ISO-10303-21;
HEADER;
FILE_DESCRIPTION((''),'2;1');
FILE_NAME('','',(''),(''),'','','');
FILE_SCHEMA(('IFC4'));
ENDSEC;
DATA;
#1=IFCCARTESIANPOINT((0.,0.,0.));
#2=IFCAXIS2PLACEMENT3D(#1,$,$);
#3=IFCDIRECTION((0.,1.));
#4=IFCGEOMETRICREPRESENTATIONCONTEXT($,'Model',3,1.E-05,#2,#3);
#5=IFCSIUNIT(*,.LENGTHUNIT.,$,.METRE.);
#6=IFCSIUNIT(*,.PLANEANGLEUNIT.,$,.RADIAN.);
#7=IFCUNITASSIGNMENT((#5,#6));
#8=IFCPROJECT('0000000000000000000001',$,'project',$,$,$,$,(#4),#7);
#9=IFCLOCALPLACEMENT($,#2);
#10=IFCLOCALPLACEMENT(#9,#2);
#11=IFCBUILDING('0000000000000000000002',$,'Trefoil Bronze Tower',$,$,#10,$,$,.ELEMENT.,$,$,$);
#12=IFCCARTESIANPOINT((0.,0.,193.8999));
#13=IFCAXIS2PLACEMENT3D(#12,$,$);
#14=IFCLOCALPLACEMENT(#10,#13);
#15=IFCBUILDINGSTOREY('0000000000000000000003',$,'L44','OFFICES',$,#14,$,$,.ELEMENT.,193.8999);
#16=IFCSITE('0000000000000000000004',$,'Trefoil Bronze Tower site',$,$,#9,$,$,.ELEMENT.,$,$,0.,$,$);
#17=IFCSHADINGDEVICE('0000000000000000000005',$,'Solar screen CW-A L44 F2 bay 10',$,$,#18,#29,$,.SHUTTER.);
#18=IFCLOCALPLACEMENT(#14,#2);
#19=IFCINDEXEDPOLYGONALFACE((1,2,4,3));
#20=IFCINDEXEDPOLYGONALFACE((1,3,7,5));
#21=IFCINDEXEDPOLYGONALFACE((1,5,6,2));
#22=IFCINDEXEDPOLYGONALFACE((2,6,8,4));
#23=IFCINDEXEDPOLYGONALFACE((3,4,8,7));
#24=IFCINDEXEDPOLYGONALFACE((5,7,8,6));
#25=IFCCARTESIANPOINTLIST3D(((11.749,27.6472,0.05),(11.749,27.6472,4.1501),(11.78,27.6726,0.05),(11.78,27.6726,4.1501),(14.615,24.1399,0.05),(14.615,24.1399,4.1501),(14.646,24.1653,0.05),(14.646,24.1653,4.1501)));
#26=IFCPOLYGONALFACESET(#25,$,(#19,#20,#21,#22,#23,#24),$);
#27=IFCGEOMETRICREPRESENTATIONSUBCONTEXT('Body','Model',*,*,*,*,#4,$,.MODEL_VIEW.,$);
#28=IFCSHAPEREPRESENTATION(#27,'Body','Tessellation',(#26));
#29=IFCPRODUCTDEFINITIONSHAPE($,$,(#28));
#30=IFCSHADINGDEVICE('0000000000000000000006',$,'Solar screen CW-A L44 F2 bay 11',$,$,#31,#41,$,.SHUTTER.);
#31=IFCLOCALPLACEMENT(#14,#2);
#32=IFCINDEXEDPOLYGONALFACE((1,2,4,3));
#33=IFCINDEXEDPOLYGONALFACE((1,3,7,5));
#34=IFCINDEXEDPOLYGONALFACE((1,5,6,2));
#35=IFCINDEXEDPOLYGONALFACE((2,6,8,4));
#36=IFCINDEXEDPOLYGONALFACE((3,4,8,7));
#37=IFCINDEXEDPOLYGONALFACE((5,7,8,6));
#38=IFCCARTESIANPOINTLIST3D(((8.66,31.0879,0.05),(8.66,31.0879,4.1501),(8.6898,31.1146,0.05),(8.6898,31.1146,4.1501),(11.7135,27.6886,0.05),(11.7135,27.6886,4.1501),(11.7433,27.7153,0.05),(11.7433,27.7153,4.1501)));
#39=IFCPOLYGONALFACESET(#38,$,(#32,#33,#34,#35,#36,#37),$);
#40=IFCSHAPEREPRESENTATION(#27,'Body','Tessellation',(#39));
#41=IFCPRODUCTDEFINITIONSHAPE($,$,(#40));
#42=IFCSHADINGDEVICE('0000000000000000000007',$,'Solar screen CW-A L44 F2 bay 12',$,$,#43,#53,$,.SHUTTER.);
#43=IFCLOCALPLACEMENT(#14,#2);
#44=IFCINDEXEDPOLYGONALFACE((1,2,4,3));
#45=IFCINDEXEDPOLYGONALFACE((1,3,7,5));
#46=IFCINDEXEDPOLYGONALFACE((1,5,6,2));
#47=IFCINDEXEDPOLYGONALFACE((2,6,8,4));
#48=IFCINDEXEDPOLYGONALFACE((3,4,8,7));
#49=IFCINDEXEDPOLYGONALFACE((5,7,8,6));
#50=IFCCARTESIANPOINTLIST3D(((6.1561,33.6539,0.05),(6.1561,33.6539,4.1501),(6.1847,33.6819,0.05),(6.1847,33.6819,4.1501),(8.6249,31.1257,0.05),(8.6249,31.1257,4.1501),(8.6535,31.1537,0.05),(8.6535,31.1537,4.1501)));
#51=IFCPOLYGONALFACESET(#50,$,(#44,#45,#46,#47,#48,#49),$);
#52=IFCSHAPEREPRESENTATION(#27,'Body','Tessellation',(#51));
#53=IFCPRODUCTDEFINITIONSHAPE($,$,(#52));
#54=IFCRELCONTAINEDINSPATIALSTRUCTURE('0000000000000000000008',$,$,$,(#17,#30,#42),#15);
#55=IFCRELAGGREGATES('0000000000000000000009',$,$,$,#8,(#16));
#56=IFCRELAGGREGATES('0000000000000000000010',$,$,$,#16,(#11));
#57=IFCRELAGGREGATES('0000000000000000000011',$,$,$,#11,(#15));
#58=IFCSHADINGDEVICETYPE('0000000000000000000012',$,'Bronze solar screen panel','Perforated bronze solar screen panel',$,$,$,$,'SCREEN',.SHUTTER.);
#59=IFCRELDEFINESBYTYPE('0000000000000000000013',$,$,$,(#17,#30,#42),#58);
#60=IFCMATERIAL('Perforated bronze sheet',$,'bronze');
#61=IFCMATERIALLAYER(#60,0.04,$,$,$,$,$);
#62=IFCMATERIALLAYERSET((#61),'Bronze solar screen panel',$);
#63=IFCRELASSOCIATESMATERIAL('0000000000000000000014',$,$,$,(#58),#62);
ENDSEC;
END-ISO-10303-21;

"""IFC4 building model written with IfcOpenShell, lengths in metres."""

from ifc_helpers import new_model, si_unit, direction, frame, origin, origin_2d, place, context, subcontext, project, spatial, rectangle, extrude, material, layer, layer_set, type_object, element, save


model = new_model("IFC4")

# Units and contexts
model_context = context("Model", 3, precision=1e-05, world=origin(), true_north=direction((0.0, 1.0)))
body_context = subcontext(model_context, "Body", "Model", "MODEL_VIEW")
ifc_project = project(units=[si_unit("LENGTHUNIT", "METRE"), si_unit("PLANEANGLEUNIT", "RADIAN")], contexts=[model_context])

# Site, building, storey
site_placement = place(None, origin())
site = spatial("IfcSite", under=ifc_project, at=site_placement, Name="Trefoil Bronze Tower site", CompositionType="ELEMENT", RefElevation=0.0)
building_placement = place(site_placement, origin())
building = spatial("IfcBuilding", under=site, at=building_placement, Name="Trefoil Bronze Tower", CompositionType="ELEMENT")
storey_placement = place(building_placement, frame((0.0, 0.0, 193.8999)))
storey = spatial("IfcBuildingStorey", under=building, at=storey_placement, Name="L44", Description="OFFICES", CompositionType="ELEMENT", Elevation=193.8999)

# Shading devices
ifc_material_1 = material(Name="Perforated bronze sheet", Category="bronze")
ifc_layer_1 = layer(ifc_material_1, 0.04)
ifc_layer_set_1 = layer_set([ifc_layer_1], Name="Bronze solar screen panel")
shading_device_type = type_object("IfcShadingDeviceType", Name="Bronze solar screen panel", Description="Perforated bronze solar screen panel", ElementType="SCREEN", PredefinedType="SHUTTER", material=ifc_layer_set_1)
shading_device_1_placement = place(storey_placement, frame((13.1975, 25.9062, 0.05), z_axis=(0.0, 0.0, 1.0), x_axis=(-0.632753, 0.774354, 0.0)))
element("IfcShadingDevice", 1, at=shading_device_1_placement, inside=storey, type_object=shading_device_type, Name="Solar screen CW-A L44 F2 bay 10", PredefinedType="SHUTTER", context=body_context, shape_type="SweptSolid", body=[
    extrude(rectangle(XDim=4.5293, YDim=0.04, at=origin_2d()), origin(), (0.0, 0.0, 1.0), 4.1001),
])
shading_device_2_placement = place(storey_placement, frame((10.2017, 29.4016, 0.05), z_axis=(0.0, 0.0, 1.0), x_axis=(-0.668246, 0.743941, 0.0)))
element("IfcShadingDevice", 2, at=shading_device_2_placement, inside=storey, type_object=shading_device_type, Name="Solar screen CW-A L44 F2 bay 11", PredefinedType="SHUTTER", context=body_context, shape_type="SweptSolid", body=[
    extrude(rectangle(XDim=4.5693, YDim=0.04, at=origin_2d()), origin(), (0.0, 0.0, 1.0), 4.1001),
])
shading_device_3_placement = place(storey_placement, frame((7.4048, 32.4038, 0.05), z_axis=(0.0, 0.0, 1.0), x_axis=(-0.698652, 0.715462, 0.0)))
element("IfcShadingDevice", 3, at=shading_device_3_placement, inside=storey, type_object=shading_device_type, Name="Solar screen CW-A L44 F2 bay 12", PredefinedType="SHUTTER", context=body_context, shape_type="SweptSolid", body=[
    extrude(rectangle(XDim=3.5337, YDim=0.04, at=origin_2d()), origin(), (0.0, 0.0, 1.0), 4.1001),
])

save(model, "model.ifc")
